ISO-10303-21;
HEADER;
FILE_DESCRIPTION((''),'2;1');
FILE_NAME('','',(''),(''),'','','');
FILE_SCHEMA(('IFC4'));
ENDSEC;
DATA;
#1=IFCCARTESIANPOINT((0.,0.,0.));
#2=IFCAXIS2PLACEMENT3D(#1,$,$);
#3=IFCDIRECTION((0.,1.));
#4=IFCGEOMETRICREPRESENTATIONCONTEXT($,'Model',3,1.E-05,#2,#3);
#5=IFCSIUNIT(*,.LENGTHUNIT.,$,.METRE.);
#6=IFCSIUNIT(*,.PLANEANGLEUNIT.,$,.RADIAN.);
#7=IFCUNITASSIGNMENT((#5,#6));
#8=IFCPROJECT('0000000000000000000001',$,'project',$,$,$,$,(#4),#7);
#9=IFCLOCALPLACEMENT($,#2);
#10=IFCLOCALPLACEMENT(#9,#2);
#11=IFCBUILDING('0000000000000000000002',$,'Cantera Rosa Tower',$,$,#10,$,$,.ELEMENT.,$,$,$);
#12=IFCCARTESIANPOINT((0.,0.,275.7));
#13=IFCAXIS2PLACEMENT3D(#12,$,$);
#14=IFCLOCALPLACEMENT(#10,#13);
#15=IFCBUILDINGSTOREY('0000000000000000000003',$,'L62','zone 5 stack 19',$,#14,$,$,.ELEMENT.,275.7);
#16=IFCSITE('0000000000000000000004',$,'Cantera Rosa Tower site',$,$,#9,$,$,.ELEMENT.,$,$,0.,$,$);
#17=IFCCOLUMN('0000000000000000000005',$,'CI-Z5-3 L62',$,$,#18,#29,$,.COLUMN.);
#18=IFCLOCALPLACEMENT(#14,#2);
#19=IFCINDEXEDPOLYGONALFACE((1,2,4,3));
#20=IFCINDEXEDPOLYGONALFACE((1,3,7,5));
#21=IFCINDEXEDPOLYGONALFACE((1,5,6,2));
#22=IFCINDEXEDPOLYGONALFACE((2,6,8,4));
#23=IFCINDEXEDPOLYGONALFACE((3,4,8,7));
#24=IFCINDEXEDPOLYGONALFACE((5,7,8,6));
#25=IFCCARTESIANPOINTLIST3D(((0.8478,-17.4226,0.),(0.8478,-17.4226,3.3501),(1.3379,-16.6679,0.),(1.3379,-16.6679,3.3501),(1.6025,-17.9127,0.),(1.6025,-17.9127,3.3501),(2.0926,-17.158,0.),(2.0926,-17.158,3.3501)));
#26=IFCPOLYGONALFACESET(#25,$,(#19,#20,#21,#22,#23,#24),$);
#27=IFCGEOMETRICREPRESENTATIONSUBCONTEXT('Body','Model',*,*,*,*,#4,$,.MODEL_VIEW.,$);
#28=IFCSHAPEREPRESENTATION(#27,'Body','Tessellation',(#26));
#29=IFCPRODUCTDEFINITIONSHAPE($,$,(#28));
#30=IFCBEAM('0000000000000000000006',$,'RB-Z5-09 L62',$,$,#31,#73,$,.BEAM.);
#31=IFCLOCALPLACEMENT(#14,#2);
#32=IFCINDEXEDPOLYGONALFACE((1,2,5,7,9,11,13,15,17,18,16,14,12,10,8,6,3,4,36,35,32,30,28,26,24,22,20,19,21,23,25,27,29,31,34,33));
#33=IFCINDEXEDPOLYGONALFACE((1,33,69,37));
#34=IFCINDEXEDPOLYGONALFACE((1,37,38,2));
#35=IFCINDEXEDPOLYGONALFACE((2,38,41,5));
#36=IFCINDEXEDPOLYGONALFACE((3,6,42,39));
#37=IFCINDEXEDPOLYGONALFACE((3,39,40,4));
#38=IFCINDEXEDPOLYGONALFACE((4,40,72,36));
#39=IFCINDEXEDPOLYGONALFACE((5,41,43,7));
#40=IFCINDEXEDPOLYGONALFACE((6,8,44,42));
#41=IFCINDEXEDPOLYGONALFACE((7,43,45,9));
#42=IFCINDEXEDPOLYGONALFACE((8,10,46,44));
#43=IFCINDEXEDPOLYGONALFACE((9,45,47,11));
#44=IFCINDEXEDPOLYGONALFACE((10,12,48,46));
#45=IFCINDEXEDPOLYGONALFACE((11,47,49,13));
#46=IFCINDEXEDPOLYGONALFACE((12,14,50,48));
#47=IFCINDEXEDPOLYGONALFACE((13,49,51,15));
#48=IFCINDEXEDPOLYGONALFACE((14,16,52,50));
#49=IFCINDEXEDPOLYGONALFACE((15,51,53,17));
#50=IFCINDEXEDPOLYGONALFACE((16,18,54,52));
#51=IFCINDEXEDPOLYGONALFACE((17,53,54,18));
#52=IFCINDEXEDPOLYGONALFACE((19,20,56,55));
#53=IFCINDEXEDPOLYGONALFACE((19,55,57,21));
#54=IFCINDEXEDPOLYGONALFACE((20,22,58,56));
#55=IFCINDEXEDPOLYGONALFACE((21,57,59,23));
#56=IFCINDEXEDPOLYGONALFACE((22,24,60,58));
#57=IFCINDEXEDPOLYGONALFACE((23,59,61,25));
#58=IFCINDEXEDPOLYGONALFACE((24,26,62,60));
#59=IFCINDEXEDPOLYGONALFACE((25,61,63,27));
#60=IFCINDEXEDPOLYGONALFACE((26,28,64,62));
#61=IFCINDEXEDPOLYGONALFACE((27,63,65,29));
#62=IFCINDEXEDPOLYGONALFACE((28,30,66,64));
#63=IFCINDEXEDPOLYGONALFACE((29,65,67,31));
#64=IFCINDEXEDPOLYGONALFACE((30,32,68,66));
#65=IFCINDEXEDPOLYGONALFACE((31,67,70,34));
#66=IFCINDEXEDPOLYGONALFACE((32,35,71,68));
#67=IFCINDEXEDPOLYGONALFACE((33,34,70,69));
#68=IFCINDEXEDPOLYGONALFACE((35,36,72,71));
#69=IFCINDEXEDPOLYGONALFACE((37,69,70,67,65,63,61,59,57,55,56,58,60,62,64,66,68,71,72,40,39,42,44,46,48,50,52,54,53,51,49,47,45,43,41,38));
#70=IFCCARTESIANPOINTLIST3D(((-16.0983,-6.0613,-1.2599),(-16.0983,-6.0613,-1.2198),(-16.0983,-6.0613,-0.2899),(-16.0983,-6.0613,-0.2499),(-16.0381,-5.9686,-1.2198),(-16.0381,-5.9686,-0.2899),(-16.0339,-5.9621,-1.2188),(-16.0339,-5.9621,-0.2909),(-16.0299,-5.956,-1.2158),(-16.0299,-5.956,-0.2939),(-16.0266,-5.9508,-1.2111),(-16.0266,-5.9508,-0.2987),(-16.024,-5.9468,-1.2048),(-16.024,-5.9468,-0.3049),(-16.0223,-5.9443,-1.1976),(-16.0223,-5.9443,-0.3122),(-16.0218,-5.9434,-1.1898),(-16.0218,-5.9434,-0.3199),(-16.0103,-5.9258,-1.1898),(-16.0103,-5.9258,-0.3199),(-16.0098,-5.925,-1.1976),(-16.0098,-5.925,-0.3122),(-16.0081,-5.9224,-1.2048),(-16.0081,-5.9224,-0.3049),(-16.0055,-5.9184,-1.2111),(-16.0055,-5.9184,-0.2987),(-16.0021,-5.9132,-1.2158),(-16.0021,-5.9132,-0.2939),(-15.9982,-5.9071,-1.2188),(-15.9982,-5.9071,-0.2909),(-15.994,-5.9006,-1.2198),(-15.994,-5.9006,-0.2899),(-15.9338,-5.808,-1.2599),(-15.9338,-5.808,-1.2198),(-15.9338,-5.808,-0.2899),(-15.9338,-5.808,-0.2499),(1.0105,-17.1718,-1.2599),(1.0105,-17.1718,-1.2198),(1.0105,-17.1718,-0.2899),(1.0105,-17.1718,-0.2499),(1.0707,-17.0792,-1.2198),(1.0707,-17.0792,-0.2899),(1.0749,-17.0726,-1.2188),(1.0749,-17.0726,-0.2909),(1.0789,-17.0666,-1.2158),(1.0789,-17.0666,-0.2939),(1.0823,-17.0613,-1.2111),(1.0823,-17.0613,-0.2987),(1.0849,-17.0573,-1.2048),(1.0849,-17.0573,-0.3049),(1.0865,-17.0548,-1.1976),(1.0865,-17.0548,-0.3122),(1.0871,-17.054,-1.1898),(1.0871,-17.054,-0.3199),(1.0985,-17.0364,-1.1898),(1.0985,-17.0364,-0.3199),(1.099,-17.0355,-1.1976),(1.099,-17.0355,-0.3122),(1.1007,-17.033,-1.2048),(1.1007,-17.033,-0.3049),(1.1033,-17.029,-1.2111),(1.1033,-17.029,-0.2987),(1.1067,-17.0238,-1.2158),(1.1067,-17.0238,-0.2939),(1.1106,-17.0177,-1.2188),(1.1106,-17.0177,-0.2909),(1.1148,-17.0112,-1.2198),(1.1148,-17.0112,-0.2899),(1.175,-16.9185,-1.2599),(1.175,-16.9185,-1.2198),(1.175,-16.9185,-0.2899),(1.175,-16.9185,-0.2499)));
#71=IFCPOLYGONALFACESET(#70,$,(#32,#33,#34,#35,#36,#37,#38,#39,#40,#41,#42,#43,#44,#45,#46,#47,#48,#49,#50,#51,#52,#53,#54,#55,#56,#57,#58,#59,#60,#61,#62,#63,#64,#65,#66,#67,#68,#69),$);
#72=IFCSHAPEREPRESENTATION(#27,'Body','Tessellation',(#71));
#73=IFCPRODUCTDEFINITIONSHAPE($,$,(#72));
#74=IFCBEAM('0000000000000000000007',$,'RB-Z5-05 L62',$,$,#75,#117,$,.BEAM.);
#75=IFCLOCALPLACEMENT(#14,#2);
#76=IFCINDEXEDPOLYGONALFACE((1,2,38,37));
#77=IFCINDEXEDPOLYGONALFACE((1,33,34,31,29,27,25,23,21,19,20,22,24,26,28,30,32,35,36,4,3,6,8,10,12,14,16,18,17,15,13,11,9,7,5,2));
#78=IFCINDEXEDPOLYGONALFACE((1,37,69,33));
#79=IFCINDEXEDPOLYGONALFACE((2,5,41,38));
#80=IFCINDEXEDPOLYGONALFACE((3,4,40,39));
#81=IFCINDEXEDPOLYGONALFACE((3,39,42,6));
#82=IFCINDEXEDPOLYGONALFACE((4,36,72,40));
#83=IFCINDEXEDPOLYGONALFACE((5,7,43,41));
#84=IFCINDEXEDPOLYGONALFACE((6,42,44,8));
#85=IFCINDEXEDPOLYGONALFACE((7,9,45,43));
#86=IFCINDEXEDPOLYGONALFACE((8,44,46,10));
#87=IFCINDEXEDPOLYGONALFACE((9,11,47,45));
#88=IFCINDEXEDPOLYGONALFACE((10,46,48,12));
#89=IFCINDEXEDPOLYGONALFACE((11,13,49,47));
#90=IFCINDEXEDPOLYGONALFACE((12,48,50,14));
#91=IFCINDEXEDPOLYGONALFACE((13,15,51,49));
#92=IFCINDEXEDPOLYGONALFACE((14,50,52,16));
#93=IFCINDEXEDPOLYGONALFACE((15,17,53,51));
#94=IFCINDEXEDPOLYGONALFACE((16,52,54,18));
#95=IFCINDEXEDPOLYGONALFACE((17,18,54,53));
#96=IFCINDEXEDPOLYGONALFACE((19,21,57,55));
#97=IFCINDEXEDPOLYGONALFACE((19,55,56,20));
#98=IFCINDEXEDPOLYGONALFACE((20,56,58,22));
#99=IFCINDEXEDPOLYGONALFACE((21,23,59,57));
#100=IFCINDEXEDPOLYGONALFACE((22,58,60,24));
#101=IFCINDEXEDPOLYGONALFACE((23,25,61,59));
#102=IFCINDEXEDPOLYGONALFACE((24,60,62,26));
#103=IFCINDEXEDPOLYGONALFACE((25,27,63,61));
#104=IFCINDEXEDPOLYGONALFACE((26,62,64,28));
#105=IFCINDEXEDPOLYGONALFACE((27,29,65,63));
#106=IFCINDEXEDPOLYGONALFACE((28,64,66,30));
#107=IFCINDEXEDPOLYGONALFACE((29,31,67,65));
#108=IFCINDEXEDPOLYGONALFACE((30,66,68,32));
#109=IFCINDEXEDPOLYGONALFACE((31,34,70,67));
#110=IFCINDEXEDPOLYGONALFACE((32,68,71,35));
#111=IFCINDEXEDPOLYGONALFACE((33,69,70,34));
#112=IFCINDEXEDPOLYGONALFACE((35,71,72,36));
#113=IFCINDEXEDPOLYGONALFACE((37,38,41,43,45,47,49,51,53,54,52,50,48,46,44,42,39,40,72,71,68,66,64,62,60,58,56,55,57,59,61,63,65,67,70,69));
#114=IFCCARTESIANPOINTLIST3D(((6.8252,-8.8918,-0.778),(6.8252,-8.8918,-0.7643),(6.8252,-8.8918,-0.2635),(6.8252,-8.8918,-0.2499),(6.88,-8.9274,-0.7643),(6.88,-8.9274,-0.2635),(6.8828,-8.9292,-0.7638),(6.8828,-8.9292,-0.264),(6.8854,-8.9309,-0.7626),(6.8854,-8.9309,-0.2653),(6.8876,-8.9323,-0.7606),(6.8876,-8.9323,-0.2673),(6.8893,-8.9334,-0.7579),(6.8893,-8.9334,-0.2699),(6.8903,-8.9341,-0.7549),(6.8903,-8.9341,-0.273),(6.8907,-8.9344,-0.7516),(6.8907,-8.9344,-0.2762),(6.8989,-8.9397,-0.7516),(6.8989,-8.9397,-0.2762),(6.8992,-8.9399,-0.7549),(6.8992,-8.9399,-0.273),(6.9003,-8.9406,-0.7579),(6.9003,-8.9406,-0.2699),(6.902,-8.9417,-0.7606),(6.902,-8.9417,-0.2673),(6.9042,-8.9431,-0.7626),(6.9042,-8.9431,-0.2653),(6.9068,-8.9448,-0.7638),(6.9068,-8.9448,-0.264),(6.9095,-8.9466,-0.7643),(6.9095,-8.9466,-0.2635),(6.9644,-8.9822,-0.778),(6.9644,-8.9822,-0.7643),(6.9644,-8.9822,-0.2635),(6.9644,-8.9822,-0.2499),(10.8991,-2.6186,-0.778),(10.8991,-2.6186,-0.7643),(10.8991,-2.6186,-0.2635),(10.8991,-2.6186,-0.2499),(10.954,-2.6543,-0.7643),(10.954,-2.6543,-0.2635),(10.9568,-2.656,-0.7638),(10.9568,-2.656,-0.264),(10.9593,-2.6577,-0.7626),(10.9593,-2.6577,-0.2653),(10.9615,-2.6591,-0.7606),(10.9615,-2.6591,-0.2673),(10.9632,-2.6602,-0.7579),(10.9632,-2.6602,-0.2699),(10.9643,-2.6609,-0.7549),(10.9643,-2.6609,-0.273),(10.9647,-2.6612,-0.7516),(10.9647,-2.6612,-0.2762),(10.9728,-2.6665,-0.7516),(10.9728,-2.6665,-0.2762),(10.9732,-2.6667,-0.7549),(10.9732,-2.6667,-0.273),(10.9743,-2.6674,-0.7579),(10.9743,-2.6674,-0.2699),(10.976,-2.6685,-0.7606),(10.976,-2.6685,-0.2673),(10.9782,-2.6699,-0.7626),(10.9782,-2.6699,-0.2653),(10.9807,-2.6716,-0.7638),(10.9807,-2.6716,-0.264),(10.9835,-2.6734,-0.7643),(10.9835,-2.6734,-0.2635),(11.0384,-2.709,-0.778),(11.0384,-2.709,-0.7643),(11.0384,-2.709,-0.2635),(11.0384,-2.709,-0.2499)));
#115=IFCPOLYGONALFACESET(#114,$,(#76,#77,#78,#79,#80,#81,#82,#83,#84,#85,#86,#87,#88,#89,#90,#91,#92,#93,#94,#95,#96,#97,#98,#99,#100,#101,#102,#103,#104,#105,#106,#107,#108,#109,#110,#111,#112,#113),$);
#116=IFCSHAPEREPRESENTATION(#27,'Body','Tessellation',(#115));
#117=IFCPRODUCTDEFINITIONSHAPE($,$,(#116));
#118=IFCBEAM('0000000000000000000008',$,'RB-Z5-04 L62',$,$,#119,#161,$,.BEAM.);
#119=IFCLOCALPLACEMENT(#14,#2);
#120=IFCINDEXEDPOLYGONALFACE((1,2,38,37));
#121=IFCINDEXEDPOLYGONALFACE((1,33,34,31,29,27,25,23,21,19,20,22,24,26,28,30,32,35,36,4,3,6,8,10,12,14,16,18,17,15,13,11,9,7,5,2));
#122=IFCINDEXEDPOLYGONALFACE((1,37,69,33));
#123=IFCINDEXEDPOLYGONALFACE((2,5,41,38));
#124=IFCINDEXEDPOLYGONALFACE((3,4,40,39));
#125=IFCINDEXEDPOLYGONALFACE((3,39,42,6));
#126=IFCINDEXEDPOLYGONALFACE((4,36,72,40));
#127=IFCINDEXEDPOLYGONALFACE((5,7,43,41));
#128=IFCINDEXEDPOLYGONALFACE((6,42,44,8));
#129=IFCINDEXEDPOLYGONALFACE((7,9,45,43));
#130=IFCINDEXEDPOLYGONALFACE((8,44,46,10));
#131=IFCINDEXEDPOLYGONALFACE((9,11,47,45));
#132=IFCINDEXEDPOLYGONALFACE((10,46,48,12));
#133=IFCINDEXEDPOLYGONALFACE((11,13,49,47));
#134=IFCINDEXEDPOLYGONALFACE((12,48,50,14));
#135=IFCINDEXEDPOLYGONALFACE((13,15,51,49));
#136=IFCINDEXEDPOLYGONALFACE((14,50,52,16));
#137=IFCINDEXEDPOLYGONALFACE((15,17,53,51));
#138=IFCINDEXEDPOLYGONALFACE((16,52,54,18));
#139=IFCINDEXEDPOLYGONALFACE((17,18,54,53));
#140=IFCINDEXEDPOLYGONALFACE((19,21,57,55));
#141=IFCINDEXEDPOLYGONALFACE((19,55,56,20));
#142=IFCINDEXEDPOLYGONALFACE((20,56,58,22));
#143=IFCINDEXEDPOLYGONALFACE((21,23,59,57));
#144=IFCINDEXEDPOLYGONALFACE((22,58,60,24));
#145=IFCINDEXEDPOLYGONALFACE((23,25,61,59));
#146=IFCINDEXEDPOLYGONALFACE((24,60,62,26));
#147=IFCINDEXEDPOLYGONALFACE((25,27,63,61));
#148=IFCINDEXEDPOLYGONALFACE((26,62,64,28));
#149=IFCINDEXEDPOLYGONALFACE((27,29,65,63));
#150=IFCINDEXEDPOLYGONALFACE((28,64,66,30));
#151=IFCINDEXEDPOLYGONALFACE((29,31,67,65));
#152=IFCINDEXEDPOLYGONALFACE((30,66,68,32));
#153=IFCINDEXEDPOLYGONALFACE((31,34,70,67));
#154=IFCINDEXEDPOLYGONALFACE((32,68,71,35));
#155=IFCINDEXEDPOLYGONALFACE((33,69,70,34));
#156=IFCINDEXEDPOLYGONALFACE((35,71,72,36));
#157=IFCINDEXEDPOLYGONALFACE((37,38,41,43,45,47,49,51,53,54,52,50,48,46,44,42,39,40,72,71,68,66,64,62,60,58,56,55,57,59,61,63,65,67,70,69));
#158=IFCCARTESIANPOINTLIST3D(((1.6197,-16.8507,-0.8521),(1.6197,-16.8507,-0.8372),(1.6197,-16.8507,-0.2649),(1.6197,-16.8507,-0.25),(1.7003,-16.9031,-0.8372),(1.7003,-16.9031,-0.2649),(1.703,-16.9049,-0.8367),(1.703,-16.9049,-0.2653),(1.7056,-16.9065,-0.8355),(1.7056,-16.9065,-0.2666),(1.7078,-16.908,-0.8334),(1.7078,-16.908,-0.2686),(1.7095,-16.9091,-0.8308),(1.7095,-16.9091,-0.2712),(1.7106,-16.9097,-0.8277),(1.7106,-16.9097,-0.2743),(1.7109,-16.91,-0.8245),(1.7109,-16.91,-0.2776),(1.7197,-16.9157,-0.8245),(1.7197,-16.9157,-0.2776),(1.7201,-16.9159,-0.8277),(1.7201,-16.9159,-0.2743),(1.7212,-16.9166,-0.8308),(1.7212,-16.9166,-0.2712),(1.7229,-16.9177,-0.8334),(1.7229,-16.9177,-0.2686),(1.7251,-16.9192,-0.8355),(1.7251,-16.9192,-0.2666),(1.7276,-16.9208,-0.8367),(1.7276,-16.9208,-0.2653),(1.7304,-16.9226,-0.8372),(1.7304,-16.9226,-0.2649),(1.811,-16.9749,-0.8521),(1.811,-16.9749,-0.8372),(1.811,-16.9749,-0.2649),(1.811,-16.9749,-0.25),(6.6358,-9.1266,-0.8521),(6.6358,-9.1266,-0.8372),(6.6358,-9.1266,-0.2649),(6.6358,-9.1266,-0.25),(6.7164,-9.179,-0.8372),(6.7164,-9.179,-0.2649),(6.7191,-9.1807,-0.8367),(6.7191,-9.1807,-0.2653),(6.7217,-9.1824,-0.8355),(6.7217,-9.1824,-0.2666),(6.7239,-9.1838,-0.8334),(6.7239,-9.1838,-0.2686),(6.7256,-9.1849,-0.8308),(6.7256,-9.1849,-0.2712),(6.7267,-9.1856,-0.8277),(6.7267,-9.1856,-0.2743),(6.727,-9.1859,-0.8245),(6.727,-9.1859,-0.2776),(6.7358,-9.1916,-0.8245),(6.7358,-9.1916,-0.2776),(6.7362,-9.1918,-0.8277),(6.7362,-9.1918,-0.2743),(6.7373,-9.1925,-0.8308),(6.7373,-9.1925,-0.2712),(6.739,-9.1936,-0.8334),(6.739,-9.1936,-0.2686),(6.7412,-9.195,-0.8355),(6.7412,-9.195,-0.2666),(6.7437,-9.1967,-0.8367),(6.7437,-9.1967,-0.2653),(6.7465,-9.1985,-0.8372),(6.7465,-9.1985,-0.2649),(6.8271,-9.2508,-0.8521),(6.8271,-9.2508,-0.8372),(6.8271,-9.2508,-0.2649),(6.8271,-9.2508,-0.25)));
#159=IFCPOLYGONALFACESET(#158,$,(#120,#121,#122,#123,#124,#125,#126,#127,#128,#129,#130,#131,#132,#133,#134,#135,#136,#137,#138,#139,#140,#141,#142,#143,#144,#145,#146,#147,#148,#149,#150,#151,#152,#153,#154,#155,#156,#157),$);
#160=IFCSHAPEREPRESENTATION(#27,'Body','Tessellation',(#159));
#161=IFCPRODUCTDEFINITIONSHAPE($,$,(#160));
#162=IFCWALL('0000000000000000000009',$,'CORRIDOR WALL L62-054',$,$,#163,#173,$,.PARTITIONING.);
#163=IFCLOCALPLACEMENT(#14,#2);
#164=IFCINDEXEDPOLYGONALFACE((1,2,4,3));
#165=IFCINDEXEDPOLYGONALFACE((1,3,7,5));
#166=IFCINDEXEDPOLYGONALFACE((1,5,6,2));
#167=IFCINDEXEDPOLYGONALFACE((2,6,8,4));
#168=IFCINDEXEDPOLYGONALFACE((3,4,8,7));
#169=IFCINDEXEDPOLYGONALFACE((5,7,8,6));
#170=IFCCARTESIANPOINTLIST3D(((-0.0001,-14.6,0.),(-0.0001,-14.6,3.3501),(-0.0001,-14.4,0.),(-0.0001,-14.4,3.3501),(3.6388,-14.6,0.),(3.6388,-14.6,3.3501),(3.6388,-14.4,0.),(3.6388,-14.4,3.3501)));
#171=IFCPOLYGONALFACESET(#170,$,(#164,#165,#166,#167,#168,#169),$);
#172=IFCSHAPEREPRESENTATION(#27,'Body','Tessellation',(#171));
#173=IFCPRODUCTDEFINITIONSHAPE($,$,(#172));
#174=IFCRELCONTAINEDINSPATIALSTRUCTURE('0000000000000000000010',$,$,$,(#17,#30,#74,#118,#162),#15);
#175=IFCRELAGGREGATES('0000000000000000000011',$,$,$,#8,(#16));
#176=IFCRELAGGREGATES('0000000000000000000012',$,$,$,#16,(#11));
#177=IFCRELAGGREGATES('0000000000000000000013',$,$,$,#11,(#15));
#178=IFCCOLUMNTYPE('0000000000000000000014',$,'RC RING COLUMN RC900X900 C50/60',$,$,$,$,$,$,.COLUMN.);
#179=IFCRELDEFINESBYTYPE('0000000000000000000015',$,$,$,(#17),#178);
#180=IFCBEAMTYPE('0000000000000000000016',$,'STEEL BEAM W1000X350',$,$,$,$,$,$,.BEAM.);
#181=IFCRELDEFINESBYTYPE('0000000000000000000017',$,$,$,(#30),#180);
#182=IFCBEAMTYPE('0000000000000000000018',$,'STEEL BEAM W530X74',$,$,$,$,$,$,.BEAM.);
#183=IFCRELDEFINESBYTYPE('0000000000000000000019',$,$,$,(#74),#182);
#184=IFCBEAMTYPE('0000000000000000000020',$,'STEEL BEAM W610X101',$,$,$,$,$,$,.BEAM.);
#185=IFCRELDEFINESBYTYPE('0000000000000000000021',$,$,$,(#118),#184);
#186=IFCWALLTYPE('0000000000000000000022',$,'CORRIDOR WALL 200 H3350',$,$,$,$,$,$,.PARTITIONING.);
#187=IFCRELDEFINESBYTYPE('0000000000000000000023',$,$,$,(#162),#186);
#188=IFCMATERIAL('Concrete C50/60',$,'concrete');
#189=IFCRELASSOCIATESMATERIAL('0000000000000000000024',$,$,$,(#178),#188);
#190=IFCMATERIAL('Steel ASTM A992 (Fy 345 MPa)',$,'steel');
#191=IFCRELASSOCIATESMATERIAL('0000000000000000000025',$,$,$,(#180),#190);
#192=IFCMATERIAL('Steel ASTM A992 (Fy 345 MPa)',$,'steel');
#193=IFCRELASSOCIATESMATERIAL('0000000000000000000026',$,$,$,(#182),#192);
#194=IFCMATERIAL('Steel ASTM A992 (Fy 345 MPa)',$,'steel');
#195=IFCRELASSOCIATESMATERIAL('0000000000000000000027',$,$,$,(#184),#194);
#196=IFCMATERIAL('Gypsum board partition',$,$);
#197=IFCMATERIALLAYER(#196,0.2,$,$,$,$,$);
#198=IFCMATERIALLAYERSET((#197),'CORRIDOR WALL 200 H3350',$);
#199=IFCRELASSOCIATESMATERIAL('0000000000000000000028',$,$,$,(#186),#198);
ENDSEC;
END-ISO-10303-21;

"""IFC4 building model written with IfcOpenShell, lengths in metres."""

from ifc_helpers import new_model, si_unit, direction, frame, frame_2d, origin, origin_2d, place, context, subcontext, project, spatial, rectangle, i_section, extrude, material, layer, layer_set, material_profile, profile_set, type_object, element, save


model = new_model("IFC4")

# Units and contexts
model_context = context("Model", 3, precision=1e-05, world=origin(), true_north=direction((0.0, 1.0)))
body_context = subcontext(model_context, "Body", "Model", "MODEL_VIEW")
ifc_project = project(units=[si_unit("LENGTHUNIT", "METRE"), si_unit("PLANEANGLEUNIT", "RADIAN")], contexts=[model_context])

# Site, building, storey
site_placement = place(None, origin())
site = spatial("IfcSite", under=ifc_project, at=site_placement, Name="Cantera Rosa Tower site", CompositionType="ELEMENT", RefElevation=0.0)
building_placement = place(site_placement, origin())
building = spatial("IfcBuilding", under=site, at=building_placement, Name="Cantera Rosa Tower", CompositionType="ELEMENT")
storey_placement = place(building_placement, frame((0.0, 0.0, 275.7)))
storey = spatial("IfcBuildingStorey", under=building, at=storey_placement, Name="L62", Description="zone 5 stack 19", CompositionType="ELEMENT", Elevation=275.7)

# Column
ifc_material_1 = material(Name="Concrete C50/60", Category="concrete")
ifc_material_profile_1 = material_profile(ifc_material_1, rectangle(XDim=0.8999, YDim=0.8999, at=origin_2d()), Name="RC RING COLUMN RC900X900 C50/60")
ifc_profile_set_1 = profile_set([ifc_material_profile_1], Name="Concrete C50/60")
column_type = type_object("IfcColumnType", Name="RC RING COLUMN RC900X900 C50/60", PredefinedType="COLUMN", material=ifc_profile_set_1)
column_placement = place(storey_placement, frame((1.4702, -17.2903, 0.0), z_axis=(0.0, 0.0, 1.0), x_axis=(0.544639, 0.838671, 0.0)))
element("IfcColumn", 1, at=column_placement, inside=storey, type_object=column_type, Name="CI-Z5-3 L62", PredefinedType="COLUMN", context=body_context, shape_type="SweptSolid", body=[
    extrude(rectangle(XDim=0.8999, YDim=0.8999, at=origin_2d()), origin(), (0.0, 0.0, 1.0), 3.3501),
])

# Beams
ifc_material_2 = material(Name="Steel ASTM A992 (Fy 345 MPa)", Category="steel")
ifc_material_profile_2 = material_profile(ifc_material_2, i_section(OverallWidth=0.302, OverallDepth=1.01, WebThickness=0.021, FlangeThickness=0.04, FilletRadius=0.03, at=origin_2d()), Name="W1000X350")
ifc_profile_set_2 = profile_set([ifc_material_profile_2], Name="Steel ASTM A992 (Fy 345 MPa)")
beam_type_1 = type_object("IfcBeamType", Name="STEEL BEAM W1000X350", PredefinedType="BEAM", material=ifc_profile_set_2)
beam_1_placement = place(storey_placement, frame((1.0928, -17.0452, -0.7549), z_axis=(-0.838672, 0.544637, 0.0), x_axis=(-0.544637, -0.838672, 0.0)))
element("IfcBeam", 2, at=beam_1_placement, inside=storey, type_object=beam_type_1, Name="RB-Z5-09 L62", PredefinedType="BEAM", context=body_context, shape_type="SweptSolid", body=[
    extrude(i_section(OverallWidth=0.302, OverallDepth=1.01, WebThickness=0.021, FlangeThickness=0.04, FilletRadius=0.03, at=origin_2d()), origin(), (0.0, 0.0, 1.0), 20.3999),
])
ifc_material_3 = material(Name="Steel ASTM A992 (Fy 345 MPa)", Category="steel")
ifc_material_profile_3 = material_profile(ifc_material_3, i_section(OverallWidth=0.166, OverallDepth=0.5281, WebThickness=0.0098, FlangeThickness=0.0137, FilletRadius=0.0127, at=origin_2d()), Name="W530X74")
ifc_profile_set_3 = profile_set([ifc_material_profile_3], Name="Steel ASTM A992 (Fy 345 MPa)")
beam_type_2 = type_object("IfcBeamType", Name="STEEL BEAM W530X74", PredefinedType="BEAM", material=ifc_profile_set_3)
beam_2_placement = place(storey_placement, frame((6.8948, -8.937, -0.5139), z_axis=(0.54465, 0.838664, 0.0), x_axis=(-0.838664, 0.54465, 0.0)))
element("IfcBeam", 3, at=beam_2_placement, inside=storey, type_object=beam_type_2, Name="RB-Z5-05 L62", PredefinedType="BEAM", context=body_context, shape_type="SweptSolid", body=[
    extrude(i_section(OverallWidth=0.166, OverallDepth=0.5281, WebThickness=0.0098, FlangeThickness=0.0137, FilletRadius=0.0127, at=origin_2d()), origin(), (0.0, 0.0, 1.0), 7.48),
])
ifc_material_4 = material(Name="Steel ASTM A992 (Fy 345 MPa)", Category="steel")
ifc_material_profile_4 = material_profile(ifc_material_4, i_section(OverallWidth=0.228, OverallDepth=0.6021, WebThickness=0.0105, FlangeThickness=0.0149, FilletRadius=0.0127, at=origin_2d()), Name="W610X101")
ifc_profile_set_4 = profile_set([ifc_material_profile_4], Name="Steel ASTM A992 (Fy 345 MPa)")
beam_type_3 = type_object("IfcBeamType", Name="STEEL BEAM W610X101", PredefinedType="BEAM", material=ifc_profile_set_4)
beam_3_placement = place(storey_placement, frame((1.7153, -16.9128, -0.551), z_axis=(0.54464, 0.83867, 0.0), x_axis=(-0.83867, 0.54464, 0.0)))
element("IfcBeam", 4, at=beam_3_placement, inside=storey, type_object=beam_type_3, Name="RB-Z5-04 L62", PredefinedType="BEAM", context=body_context, shape_type="SweptSolid", body=[
    extrude(i_section(OverallWidth=0.228, OverallDepth=0.6021, WebThickness=0.0105, FlangeThickness=0.0149, FilletRadius=0.0127, at=origin_2d()), origin(), (0.0, 0.0, 1.0), 9.21),
])

# Wall
ifc_material_5 = material(Name="Gypsum board partition")
ifc_layer_1 = layer(ifc_material_5, 0.2)
ifc_layer_set_1 = layer_set([ifc_layer_1], Name="CORRIDOR WALL 200 H3350")
wall_type_1 = type_object("IfcWallType", Name="CORRIDOR WALL 200 H3350", PredefinedType="PARTITIONING", material=ifc_layer_set_1)
wall_1_placement = place(storey_placement, frame((0.0, -14.5, 0.0), z_axis=(0.0, 0.0, 1.0), x_axis=(1.0, 0.0, 0.0)))
element("IfcWall", 5, at=wall_1_placement, inside=storey, type_object=wall_type_1, Name="CORRIDOR WALL L62-054", PredefinedType="PARTITIONING", context=body_context, shape_type="SweptSolid", body=[
    extrude(rectangle(XDim=3.6389, YDim=0.2, at=frame_2d((1.8193, 0.0))), origin(), (0.0, 0.0, 1.0), 3.3501),
])

save(model, "model.ifc")
